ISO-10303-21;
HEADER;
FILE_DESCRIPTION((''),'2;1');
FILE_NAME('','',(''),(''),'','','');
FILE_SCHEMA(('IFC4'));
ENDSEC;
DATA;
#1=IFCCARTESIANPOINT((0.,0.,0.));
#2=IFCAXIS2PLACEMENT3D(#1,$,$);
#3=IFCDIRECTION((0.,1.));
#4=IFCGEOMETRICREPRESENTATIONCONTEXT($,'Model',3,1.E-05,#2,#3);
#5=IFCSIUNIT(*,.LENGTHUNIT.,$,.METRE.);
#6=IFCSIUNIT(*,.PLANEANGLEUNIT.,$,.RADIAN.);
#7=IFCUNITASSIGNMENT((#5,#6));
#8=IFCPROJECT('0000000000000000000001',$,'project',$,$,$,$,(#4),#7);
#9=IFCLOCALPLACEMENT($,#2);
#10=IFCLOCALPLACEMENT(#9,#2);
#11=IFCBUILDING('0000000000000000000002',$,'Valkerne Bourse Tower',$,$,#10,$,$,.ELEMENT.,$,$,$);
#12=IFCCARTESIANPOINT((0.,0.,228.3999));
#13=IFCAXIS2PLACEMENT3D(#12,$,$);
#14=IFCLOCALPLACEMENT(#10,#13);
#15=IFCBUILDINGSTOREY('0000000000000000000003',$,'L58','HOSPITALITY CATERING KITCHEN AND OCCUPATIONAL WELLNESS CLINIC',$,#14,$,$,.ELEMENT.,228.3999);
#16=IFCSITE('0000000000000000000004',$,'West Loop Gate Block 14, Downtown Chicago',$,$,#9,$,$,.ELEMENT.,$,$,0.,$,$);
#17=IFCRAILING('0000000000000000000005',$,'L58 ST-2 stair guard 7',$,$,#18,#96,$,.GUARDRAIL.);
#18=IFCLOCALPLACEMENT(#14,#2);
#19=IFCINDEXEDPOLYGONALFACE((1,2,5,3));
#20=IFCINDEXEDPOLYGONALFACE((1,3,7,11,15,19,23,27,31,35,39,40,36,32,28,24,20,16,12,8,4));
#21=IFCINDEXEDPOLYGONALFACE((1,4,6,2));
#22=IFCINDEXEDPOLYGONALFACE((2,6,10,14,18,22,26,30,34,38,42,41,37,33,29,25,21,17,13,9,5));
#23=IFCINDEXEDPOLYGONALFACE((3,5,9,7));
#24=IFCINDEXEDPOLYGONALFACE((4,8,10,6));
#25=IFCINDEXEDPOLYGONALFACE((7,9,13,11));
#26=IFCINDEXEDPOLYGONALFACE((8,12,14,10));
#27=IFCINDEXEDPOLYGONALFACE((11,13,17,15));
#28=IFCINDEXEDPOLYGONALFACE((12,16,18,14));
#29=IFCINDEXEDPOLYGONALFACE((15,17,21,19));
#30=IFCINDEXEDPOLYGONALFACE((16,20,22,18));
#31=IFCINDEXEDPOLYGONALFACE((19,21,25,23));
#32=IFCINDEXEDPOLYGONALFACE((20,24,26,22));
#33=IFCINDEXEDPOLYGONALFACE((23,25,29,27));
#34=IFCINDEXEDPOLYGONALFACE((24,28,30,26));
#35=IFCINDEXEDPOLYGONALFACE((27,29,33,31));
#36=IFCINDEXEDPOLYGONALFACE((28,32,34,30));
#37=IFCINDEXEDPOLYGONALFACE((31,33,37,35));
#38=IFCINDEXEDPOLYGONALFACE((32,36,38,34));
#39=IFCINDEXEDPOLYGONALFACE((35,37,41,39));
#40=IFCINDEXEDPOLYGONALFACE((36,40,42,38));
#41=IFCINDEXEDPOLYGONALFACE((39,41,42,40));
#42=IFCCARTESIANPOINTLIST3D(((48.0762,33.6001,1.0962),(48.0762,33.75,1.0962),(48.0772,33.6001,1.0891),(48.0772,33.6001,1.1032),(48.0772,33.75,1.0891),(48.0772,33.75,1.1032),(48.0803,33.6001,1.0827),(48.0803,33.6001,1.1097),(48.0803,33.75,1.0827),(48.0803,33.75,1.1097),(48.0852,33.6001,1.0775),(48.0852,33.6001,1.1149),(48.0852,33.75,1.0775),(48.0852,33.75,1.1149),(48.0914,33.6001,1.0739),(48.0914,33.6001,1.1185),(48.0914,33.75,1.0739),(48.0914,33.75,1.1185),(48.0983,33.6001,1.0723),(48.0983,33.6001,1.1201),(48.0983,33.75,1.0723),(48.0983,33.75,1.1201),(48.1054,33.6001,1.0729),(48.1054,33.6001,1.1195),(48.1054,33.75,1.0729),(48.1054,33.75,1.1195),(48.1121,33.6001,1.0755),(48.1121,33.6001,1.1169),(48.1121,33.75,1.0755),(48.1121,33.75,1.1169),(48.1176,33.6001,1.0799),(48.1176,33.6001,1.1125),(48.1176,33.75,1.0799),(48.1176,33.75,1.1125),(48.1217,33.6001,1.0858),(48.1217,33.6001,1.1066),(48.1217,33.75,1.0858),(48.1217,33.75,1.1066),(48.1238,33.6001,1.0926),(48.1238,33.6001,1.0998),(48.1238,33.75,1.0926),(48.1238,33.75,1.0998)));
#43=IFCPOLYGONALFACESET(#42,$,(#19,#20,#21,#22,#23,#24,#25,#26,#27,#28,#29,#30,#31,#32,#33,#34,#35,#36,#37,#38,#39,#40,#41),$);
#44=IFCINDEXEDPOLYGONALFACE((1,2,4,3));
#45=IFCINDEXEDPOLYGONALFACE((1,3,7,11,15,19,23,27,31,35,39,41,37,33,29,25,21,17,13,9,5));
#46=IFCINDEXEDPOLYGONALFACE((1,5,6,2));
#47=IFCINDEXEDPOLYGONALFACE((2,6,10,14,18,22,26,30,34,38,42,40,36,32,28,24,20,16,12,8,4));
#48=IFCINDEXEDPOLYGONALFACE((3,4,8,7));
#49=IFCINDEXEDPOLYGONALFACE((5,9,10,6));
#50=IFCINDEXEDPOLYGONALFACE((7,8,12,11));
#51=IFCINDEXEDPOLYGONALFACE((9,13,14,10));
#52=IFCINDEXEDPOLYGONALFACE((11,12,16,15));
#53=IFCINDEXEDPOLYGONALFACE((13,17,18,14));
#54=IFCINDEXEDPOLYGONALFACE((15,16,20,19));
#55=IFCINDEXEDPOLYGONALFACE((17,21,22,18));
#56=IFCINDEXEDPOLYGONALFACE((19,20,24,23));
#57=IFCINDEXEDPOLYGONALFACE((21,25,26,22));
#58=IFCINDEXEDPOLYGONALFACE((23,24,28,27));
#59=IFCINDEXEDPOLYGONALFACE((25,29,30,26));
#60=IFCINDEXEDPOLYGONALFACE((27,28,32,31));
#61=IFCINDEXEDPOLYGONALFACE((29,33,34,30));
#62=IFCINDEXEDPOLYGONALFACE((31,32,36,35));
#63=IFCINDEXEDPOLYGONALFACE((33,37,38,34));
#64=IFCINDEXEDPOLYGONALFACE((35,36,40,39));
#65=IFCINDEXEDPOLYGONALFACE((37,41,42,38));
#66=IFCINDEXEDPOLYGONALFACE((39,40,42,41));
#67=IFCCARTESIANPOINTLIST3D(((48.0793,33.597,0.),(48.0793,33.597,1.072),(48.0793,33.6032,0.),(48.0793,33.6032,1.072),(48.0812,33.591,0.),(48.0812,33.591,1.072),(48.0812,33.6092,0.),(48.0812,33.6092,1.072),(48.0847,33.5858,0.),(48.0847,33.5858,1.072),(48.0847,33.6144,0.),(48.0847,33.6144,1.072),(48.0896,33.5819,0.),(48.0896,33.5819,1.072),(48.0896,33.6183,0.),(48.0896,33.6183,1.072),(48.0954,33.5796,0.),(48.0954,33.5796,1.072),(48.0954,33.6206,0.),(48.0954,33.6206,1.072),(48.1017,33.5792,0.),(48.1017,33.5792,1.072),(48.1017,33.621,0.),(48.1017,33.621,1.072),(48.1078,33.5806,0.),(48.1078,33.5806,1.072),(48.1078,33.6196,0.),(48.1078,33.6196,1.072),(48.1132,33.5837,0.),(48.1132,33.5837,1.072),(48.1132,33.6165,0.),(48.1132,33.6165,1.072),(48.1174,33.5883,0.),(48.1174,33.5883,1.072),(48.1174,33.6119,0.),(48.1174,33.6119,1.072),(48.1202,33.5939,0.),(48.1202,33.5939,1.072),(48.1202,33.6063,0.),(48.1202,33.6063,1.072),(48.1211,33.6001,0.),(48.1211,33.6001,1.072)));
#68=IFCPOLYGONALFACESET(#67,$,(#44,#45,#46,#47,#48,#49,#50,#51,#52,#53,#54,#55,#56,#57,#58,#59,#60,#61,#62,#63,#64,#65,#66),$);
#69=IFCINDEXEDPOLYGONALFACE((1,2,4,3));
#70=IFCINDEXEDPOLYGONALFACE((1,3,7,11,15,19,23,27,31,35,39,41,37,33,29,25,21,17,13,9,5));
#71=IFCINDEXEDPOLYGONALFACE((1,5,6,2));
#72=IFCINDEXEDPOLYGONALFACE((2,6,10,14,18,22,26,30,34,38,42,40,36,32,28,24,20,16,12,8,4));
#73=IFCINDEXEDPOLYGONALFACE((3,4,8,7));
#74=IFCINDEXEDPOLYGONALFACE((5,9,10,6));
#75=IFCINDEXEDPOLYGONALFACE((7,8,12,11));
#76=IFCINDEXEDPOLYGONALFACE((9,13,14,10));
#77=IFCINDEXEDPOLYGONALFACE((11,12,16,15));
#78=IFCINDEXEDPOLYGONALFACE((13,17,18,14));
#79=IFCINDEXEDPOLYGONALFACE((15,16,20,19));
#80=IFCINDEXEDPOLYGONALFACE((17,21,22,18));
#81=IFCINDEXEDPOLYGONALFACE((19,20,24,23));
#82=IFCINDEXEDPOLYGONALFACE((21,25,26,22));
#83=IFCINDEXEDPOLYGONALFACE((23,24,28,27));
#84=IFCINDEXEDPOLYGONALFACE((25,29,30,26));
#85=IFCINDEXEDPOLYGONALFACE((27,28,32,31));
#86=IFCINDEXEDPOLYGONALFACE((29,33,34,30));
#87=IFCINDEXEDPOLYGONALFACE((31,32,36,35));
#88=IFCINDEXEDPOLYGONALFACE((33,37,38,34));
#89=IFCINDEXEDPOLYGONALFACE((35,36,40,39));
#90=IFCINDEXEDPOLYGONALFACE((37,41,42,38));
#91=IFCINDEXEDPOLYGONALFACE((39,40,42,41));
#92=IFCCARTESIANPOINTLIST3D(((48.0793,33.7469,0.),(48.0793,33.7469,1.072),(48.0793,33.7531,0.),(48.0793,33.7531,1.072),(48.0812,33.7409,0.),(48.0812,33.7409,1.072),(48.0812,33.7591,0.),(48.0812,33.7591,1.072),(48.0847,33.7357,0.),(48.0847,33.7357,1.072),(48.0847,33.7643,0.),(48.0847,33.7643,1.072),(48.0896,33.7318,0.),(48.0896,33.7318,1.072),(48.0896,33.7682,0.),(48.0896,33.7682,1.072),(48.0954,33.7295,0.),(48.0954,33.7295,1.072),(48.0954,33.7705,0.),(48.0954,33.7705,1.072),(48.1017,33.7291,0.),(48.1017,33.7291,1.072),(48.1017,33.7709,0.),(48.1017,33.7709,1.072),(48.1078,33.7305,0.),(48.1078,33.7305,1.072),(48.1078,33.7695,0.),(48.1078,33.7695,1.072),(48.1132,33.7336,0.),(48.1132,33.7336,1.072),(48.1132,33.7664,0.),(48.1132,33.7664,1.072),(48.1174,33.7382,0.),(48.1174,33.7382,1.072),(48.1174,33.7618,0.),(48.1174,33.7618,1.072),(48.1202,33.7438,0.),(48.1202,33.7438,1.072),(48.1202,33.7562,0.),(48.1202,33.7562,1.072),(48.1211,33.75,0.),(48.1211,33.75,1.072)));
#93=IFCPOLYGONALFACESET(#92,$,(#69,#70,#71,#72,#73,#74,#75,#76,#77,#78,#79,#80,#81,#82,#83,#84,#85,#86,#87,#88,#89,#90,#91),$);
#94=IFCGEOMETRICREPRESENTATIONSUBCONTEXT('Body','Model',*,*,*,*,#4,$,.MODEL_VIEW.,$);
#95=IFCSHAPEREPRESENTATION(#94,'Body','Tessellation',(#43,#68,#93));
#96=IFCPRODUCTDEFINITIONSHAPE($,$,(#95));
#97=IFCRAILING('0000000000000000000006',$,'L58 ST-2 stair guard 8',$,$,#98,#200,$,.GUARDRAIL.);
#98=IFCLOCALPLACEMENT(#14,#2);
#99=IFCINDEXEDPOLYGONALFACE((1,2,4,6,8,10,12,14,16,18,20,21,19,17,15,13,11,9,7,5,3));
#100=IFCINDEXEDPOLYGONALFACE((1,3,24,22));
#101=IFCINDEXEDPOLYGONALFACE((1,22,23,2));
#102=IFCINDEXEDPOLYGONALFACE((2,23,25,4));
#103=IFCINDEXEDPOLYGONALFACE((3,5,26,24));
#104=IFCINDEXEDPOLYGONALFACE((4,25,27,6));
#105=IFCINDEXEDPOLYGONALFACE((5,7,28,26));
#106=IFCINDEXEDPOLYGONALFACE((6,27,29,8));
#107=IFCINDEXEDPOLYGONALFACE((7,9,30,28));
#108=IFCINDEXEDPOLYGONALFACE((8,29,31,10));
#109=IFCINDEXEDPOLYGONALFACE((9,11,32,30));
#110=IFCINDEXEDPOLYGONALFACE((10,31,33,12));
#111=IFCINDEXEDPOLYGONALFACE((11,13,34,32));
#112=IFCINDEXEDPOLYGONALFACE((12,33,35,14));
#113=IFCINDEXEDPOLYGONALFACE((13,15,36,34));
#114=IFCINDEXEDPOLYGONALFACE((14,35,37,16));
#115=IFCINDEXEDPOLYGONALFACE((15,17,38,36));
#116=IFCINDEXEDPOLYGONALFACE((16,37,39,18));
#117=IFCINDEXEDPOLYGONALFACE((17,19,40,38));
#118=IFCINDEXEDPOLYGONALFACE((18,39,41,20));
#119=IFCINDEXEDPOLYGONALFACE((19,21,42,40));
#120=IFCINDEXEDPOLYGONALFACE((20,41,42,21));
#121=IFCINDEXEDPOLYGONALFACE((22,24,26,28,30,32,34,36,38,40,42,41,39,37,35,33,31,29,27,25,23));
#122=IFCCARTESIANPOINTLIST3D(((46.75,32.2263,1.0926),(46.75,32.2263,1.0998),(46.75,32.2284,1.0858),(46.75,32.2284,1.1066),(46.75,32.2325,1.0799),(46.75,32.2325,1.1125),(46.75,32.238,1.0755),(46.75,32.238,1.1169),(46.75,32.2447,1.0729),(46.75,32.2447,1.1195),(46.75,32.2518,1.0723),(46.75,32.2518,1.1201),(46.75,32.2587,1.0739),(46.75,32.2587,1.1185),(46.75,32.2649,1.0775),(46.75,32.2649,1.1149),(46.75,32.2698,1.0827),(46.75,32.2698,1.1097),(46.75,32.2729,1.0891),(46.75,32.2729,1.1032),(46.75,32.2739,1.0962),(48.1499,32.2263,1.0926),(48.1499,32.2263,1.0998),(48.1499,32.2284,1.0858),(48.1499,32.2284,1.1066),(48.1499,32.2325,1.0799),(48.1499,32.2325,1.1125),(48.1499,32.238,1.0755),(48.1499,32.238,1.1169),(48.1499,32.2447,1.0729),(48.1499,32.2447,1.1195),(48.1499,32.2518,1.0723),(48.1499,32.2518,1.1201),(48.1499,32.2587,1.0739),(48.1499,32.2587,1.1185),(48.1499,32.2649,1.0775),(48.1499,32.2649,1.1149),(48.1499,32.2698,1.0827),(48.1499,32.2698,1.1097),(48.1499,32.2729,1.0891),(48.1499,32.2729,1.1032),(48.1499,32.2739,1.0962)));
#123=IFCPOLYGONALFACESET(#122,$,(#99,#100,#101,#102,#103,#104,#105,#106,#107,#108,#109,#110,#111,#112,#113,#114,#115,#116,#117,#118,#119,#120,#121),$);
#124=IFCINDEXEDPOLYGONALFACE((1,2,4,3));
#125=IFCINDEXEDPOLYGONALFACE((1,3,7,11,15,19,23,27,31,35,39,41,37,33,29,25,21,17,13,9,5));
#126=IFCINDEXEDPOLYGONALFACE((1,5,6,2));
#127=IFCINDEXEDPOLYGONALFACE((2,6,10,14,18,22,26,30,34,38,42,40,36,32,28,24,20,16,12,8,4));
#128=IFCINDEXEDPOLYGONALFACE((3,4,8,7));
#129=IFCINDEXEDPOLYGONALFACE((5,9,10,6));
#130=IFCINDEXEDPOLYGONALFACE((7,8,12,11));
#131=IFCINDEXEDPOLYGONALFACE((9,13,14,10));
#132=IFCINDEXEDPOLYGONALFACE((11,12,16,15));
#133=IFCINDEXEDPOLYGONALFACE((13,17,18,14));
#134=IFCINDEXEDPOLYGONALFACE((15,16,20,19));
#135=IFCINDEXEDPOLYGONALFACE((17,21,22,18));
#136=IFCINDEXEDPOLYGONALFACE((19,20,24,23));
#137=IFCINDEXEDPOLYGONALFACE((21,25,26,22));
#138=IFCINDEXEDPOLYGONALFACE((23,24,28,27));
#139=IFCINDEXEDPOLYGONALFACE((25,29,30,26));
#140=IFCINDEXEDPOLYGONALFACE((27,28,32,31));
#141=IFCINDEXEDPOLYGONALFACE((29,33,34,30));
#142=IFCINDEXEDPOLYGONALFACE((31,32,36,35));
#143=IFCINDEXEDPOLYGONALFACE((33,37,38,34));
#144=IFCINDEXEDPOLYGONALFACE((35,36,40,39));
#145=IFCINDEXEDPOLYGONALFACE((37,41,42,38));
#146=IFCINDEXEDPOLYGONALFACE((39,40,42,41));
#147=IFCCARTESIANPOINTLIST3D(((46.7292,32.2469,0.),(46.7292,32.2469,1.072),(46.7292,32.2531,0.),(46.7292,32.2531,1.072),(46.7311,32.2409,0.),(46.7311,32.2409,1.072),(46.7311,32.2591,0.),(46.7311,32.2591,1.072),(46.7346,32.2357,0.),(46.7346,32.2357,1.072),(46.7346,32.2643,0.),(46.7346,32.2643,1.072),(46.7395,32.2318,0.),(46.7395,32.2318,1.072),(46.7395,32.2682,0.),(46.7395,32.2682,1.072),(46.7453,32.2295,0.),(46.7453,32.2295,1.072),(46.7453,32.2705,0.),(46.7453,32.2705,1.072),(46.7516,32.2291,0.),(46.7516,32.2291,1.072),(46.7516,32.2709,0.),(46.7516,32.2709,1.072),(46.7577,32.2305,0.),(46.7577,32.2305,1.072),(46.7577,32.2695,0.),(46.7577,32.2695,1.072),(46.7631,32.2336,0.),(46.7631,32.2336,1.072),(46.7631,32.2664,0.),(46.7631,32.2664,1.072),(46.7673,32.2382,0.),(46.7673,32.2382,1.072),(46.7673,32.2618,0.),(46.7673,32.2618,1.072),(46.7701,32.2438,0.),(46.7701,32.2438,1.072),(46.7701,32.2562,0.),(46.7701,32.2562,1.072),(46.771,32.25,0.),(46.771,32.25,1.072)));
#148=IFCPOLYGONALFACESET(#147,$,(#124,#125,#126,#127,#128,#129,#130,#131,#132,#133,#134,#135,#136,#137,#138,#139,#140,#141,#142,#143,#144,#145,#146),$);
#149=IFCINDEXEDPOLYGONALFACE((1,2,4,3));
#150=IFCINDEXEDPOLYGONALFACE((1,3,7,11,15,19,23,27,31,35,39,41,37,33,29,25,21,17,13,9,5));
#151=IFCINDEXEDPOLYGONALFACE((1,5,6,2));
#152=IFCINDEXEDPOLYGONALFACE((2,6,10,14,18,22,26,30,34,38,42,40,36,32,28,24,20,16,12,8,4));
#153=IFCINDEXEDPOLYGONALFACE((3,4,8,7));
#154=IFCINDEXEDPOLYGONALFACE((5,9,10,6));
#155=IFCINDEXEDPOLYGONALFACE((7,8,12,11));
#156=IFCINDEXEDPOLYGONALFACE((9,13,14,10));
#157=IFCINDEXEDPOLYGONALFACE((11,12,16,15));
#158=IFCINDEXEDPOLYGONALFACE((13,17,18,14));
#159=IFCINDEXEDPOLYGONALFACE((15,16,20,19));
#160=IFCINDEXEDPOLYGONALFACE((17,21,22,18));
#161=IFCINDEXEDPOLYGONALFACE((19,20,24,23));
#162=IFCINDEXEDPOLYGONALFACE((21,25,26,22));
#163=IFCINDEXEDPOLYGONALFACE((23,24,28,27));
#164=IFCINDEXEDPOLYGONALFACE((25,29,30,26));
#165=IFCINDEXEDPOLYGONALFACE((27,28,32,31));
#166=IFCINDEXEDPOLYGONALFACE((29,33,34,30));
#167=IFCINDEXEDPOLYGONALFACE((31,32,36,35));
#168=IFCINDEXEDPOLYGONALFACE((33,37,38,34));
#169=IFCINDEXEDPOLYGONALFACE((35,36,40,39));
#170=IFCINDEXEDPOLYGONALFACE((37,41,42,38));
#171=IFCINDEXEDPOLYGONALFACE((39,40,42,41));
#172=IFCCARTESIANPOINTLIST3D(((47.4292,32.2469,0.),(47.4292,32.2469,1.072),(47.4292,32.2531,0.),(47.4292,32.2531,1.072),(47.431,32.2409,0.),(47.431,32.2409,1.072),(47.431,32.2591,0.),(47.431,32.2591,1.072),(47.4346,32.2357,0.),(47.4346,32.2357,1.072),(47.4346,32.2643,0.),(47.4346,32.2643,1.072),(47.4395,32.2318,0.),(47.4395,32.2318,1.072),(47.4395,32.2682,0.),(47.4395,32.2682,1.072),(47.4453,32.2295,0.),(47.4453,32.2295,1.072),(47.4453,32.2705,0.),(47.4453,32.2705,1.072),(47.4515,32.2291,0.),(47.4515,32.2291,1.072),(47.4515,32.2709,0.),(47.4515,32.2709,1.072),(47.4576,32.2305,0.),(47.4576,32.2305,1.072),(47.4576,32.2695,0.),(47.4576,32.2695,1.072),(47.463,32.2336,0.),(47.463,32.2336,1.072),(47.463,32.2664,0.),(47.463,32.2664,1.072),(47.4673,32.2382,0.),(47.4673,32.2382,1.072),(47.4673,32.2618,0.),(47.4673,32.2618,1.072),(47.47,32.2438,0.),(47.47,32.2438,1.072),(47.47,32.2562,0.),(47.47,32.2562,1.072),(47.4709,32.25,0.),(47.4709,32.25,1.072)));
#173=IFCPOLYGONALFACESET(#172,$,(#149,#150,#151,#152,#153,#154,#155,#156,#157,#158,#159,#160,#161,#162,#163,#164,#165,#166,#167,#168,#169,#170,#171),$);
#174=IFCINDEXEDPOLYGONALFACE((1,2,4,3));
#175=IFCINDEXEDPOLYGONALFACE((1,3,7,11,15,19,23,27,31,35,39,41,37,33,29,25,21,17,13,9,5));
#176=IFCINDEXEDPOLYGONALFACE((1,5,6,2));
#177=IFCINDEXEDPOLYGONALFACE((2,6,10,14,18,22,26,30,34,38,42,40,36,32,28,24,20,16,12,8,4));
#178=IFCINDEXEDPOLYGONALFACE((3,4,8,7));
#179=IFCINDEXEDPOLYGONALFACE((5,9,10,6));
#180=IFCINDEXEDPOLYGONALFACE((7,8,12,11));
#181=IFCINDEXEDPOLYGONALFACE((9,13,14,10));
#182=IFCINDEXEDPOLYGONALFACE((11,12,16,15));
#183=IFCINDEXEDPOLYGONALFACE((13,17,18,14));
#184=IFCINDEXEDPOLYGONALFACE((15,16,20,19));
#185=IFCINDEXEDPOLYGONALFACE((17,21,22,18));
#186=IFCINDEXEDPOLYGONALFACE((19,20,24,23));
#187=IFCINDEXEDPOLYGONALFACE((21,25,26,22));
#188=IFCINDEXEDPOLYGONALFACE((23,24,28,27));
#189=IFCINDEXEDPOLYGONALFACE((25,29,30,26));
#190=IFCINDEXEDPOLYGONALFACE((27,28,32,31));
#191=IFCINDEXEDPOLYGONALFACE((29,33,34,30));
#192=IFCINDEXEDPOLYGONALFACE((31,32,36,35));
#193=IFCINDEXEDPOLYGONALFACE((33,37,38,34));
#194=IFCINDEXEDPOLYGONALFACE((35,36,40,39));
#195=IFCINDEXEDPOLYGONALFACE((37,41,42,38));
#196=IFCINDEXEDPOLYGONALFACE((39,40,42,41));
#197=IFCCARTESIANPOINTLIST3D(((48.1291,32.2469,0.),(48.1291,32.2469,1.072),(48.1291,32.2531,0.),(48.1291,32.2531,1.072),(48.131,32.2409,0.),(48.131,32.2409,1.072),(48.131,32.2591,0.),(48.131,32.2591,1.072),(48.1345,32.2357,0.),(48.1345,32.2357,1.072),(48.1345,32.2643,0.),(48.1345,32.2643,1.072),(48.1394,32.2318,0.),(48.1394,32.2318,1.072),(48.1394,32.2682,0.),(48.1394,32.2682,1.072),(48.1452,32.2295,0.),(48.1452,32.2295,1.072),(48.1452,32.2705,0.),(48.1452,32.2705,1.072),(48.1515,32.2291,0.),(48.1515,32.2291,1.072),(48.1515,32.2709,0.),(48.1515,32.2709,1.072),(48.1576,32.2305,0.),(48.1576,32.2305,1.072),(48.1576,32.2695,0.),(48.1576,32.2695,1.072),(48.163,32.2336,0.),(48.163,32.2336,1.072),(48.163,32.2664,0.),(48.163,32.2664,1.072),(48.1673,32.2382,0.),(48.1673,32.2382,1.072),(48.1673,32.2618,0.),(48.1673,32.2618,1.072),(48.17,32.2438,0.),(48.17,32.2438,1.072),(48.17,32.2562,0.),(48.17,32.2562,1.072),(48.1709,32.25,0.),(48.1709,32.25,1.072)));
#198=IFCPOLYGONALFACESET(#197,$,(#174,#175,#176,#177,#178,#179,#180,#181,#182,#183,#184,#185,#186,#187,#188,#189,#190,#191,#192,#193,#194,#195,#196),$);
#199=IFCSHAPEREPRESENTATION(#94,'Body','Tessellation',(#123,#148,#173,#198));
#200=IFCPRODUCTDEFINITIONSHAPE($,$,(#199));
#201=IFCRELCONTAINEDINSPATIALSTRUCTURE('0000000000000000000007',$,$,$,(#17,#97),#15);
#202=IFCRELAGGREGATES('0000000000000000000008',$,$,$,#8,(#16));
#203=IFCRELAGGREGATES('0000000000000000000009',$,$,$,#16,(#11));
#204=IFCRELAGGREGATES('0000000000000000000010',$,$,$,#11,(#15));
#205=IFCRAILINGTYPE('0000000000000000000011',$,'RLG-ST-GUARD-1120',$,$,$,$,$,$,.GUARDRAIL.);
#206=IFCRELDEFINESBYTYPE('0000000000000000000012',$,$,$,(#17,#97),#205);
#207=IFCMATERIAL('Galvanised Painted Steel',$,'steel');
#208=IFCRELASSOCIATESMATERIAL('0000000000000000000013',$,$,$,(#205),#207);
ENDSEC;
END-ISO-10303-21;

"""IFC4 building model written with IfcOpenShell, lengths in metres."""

from ifc_helpers import new_model, si_unit, direction, frame, origin, origin_2d, place, context, subcontext, project, spatial, circle, extrude, material, type_object, element, save


model = new_model("IFC4")

# Units and contexts
model_context = context("Model", 3, precision=1e-05, world=origin(), true_north=direction((0.0, 1.0)))
body_context = subcontext(model_context, "Body", "Model", "MODEL_VIEW")
ifc_project = project(units=[si_unit("LENGTHUNIT", "METRE"), si_unit("PLANEANGLEUNIT", "RADIAN")], contexts=[model_context])

# Site, building, storey
site_placement = place(None, origin())
site = spatial("IfcSite", under=ifc_project, at=site_placement, Name="West Loop Gate Block 14, Downtown Chicago", CompositionType="ELEMENT", RefElevation=0.0)
building_placement = place(site_placement, origin())
building = spatial("IfcBuilding", under=site, at=building_placement, Name="Valkerne Bourse Tower", CompositionType="ELEMENT")
storey_placement = place(building_placement, frame((0.0, 0.0, 228.3999)))
storey = spatial("IfcBuildingStorey", under=building, at=storey_placement, Name="L58", Description="HOSPITALITY CATERING KITCHEN AND OCCUPATIONAL WELLNESS CLINIC", CompositionType="ELEMENT", Elevation=228.3999)

# Shared definitions
ifc_material_1 = material(Name="Galvanised Painted Steel", Category="steel")

# Railings
railing_type_1 = type_object("IfcRailingType", Name="RLG-ST-GUARD-1120", PredefinedType="GUARDRAIL", material=ifc_material_1)
railing_1_placement = place(storey_placement, frame((48.1001, 33.6001, 0.0)))
element("IfcRailing", 1, at=railing_1_placement, inside=storey, type_object=railing_type_1, Name="L58 ST-2 stair guard 7", PredefinedType="GUARDRAIL", context=body_context, shape_type="SweptSolid", body=[
    extrude(circle(Radius=0.0239, at=origin_2d()), frame((0.0, 0.0, 1.0962), z_axis=(0.0, 1.0, 0.0), x_axis=(-1.0, 0.0, 0.0)), (0.0, 0.0, 1.0), 0.1499),
    extrude(circle(Radius=0.021, at=origin_2d()), origin(), (0.0, 0.0, 1.0), 1.072),
    extrude(circle(Radius=0.021, at=origin_2d()), frame((0.0, 0.1499, 0.0)), (0.0, 0.0, 1.0), 1.072),
])
for number, where, name in (
    (2, (46.75, 32.25, 0.0), "L58 ST-2 stair guard 8"),
):
    element("IfcRailing", number, at=place(storey_placement, frame(where)), inside=storey, type_object=railing_type_1, Name=name, PredefinedType="GUARDRAIL", context=body_context, shape_type="SweptSolid", body=[
        extrude(circle(Radius=0.0239, at=origin_2d()), frame((0.0, 0.0, 1.0962), z_axis=(1.0, 0.0, 0.0), x_axis=(0.0, 1.0, 0.0)), (0.0, 0.0, 1.0), 1.3999),
        extrude(circle(Radius=0.021, at=origin_2d()), origin(), (0.0, 0.0, 1.0), 1.072),
        extrude(circle(Radius=0.021, at=origin_2d()), frame((0.7, 0.0, 0.0)), (0.0, 0.0, 1.0), 1.072),
        extrude(circle(Radius=0.021, at=origin_2d()), frame((1.3999, 0.0, 0.0)), (0.0, 0.0, 1.0), 1.072),
    ])

save(model, "model.ifc")
